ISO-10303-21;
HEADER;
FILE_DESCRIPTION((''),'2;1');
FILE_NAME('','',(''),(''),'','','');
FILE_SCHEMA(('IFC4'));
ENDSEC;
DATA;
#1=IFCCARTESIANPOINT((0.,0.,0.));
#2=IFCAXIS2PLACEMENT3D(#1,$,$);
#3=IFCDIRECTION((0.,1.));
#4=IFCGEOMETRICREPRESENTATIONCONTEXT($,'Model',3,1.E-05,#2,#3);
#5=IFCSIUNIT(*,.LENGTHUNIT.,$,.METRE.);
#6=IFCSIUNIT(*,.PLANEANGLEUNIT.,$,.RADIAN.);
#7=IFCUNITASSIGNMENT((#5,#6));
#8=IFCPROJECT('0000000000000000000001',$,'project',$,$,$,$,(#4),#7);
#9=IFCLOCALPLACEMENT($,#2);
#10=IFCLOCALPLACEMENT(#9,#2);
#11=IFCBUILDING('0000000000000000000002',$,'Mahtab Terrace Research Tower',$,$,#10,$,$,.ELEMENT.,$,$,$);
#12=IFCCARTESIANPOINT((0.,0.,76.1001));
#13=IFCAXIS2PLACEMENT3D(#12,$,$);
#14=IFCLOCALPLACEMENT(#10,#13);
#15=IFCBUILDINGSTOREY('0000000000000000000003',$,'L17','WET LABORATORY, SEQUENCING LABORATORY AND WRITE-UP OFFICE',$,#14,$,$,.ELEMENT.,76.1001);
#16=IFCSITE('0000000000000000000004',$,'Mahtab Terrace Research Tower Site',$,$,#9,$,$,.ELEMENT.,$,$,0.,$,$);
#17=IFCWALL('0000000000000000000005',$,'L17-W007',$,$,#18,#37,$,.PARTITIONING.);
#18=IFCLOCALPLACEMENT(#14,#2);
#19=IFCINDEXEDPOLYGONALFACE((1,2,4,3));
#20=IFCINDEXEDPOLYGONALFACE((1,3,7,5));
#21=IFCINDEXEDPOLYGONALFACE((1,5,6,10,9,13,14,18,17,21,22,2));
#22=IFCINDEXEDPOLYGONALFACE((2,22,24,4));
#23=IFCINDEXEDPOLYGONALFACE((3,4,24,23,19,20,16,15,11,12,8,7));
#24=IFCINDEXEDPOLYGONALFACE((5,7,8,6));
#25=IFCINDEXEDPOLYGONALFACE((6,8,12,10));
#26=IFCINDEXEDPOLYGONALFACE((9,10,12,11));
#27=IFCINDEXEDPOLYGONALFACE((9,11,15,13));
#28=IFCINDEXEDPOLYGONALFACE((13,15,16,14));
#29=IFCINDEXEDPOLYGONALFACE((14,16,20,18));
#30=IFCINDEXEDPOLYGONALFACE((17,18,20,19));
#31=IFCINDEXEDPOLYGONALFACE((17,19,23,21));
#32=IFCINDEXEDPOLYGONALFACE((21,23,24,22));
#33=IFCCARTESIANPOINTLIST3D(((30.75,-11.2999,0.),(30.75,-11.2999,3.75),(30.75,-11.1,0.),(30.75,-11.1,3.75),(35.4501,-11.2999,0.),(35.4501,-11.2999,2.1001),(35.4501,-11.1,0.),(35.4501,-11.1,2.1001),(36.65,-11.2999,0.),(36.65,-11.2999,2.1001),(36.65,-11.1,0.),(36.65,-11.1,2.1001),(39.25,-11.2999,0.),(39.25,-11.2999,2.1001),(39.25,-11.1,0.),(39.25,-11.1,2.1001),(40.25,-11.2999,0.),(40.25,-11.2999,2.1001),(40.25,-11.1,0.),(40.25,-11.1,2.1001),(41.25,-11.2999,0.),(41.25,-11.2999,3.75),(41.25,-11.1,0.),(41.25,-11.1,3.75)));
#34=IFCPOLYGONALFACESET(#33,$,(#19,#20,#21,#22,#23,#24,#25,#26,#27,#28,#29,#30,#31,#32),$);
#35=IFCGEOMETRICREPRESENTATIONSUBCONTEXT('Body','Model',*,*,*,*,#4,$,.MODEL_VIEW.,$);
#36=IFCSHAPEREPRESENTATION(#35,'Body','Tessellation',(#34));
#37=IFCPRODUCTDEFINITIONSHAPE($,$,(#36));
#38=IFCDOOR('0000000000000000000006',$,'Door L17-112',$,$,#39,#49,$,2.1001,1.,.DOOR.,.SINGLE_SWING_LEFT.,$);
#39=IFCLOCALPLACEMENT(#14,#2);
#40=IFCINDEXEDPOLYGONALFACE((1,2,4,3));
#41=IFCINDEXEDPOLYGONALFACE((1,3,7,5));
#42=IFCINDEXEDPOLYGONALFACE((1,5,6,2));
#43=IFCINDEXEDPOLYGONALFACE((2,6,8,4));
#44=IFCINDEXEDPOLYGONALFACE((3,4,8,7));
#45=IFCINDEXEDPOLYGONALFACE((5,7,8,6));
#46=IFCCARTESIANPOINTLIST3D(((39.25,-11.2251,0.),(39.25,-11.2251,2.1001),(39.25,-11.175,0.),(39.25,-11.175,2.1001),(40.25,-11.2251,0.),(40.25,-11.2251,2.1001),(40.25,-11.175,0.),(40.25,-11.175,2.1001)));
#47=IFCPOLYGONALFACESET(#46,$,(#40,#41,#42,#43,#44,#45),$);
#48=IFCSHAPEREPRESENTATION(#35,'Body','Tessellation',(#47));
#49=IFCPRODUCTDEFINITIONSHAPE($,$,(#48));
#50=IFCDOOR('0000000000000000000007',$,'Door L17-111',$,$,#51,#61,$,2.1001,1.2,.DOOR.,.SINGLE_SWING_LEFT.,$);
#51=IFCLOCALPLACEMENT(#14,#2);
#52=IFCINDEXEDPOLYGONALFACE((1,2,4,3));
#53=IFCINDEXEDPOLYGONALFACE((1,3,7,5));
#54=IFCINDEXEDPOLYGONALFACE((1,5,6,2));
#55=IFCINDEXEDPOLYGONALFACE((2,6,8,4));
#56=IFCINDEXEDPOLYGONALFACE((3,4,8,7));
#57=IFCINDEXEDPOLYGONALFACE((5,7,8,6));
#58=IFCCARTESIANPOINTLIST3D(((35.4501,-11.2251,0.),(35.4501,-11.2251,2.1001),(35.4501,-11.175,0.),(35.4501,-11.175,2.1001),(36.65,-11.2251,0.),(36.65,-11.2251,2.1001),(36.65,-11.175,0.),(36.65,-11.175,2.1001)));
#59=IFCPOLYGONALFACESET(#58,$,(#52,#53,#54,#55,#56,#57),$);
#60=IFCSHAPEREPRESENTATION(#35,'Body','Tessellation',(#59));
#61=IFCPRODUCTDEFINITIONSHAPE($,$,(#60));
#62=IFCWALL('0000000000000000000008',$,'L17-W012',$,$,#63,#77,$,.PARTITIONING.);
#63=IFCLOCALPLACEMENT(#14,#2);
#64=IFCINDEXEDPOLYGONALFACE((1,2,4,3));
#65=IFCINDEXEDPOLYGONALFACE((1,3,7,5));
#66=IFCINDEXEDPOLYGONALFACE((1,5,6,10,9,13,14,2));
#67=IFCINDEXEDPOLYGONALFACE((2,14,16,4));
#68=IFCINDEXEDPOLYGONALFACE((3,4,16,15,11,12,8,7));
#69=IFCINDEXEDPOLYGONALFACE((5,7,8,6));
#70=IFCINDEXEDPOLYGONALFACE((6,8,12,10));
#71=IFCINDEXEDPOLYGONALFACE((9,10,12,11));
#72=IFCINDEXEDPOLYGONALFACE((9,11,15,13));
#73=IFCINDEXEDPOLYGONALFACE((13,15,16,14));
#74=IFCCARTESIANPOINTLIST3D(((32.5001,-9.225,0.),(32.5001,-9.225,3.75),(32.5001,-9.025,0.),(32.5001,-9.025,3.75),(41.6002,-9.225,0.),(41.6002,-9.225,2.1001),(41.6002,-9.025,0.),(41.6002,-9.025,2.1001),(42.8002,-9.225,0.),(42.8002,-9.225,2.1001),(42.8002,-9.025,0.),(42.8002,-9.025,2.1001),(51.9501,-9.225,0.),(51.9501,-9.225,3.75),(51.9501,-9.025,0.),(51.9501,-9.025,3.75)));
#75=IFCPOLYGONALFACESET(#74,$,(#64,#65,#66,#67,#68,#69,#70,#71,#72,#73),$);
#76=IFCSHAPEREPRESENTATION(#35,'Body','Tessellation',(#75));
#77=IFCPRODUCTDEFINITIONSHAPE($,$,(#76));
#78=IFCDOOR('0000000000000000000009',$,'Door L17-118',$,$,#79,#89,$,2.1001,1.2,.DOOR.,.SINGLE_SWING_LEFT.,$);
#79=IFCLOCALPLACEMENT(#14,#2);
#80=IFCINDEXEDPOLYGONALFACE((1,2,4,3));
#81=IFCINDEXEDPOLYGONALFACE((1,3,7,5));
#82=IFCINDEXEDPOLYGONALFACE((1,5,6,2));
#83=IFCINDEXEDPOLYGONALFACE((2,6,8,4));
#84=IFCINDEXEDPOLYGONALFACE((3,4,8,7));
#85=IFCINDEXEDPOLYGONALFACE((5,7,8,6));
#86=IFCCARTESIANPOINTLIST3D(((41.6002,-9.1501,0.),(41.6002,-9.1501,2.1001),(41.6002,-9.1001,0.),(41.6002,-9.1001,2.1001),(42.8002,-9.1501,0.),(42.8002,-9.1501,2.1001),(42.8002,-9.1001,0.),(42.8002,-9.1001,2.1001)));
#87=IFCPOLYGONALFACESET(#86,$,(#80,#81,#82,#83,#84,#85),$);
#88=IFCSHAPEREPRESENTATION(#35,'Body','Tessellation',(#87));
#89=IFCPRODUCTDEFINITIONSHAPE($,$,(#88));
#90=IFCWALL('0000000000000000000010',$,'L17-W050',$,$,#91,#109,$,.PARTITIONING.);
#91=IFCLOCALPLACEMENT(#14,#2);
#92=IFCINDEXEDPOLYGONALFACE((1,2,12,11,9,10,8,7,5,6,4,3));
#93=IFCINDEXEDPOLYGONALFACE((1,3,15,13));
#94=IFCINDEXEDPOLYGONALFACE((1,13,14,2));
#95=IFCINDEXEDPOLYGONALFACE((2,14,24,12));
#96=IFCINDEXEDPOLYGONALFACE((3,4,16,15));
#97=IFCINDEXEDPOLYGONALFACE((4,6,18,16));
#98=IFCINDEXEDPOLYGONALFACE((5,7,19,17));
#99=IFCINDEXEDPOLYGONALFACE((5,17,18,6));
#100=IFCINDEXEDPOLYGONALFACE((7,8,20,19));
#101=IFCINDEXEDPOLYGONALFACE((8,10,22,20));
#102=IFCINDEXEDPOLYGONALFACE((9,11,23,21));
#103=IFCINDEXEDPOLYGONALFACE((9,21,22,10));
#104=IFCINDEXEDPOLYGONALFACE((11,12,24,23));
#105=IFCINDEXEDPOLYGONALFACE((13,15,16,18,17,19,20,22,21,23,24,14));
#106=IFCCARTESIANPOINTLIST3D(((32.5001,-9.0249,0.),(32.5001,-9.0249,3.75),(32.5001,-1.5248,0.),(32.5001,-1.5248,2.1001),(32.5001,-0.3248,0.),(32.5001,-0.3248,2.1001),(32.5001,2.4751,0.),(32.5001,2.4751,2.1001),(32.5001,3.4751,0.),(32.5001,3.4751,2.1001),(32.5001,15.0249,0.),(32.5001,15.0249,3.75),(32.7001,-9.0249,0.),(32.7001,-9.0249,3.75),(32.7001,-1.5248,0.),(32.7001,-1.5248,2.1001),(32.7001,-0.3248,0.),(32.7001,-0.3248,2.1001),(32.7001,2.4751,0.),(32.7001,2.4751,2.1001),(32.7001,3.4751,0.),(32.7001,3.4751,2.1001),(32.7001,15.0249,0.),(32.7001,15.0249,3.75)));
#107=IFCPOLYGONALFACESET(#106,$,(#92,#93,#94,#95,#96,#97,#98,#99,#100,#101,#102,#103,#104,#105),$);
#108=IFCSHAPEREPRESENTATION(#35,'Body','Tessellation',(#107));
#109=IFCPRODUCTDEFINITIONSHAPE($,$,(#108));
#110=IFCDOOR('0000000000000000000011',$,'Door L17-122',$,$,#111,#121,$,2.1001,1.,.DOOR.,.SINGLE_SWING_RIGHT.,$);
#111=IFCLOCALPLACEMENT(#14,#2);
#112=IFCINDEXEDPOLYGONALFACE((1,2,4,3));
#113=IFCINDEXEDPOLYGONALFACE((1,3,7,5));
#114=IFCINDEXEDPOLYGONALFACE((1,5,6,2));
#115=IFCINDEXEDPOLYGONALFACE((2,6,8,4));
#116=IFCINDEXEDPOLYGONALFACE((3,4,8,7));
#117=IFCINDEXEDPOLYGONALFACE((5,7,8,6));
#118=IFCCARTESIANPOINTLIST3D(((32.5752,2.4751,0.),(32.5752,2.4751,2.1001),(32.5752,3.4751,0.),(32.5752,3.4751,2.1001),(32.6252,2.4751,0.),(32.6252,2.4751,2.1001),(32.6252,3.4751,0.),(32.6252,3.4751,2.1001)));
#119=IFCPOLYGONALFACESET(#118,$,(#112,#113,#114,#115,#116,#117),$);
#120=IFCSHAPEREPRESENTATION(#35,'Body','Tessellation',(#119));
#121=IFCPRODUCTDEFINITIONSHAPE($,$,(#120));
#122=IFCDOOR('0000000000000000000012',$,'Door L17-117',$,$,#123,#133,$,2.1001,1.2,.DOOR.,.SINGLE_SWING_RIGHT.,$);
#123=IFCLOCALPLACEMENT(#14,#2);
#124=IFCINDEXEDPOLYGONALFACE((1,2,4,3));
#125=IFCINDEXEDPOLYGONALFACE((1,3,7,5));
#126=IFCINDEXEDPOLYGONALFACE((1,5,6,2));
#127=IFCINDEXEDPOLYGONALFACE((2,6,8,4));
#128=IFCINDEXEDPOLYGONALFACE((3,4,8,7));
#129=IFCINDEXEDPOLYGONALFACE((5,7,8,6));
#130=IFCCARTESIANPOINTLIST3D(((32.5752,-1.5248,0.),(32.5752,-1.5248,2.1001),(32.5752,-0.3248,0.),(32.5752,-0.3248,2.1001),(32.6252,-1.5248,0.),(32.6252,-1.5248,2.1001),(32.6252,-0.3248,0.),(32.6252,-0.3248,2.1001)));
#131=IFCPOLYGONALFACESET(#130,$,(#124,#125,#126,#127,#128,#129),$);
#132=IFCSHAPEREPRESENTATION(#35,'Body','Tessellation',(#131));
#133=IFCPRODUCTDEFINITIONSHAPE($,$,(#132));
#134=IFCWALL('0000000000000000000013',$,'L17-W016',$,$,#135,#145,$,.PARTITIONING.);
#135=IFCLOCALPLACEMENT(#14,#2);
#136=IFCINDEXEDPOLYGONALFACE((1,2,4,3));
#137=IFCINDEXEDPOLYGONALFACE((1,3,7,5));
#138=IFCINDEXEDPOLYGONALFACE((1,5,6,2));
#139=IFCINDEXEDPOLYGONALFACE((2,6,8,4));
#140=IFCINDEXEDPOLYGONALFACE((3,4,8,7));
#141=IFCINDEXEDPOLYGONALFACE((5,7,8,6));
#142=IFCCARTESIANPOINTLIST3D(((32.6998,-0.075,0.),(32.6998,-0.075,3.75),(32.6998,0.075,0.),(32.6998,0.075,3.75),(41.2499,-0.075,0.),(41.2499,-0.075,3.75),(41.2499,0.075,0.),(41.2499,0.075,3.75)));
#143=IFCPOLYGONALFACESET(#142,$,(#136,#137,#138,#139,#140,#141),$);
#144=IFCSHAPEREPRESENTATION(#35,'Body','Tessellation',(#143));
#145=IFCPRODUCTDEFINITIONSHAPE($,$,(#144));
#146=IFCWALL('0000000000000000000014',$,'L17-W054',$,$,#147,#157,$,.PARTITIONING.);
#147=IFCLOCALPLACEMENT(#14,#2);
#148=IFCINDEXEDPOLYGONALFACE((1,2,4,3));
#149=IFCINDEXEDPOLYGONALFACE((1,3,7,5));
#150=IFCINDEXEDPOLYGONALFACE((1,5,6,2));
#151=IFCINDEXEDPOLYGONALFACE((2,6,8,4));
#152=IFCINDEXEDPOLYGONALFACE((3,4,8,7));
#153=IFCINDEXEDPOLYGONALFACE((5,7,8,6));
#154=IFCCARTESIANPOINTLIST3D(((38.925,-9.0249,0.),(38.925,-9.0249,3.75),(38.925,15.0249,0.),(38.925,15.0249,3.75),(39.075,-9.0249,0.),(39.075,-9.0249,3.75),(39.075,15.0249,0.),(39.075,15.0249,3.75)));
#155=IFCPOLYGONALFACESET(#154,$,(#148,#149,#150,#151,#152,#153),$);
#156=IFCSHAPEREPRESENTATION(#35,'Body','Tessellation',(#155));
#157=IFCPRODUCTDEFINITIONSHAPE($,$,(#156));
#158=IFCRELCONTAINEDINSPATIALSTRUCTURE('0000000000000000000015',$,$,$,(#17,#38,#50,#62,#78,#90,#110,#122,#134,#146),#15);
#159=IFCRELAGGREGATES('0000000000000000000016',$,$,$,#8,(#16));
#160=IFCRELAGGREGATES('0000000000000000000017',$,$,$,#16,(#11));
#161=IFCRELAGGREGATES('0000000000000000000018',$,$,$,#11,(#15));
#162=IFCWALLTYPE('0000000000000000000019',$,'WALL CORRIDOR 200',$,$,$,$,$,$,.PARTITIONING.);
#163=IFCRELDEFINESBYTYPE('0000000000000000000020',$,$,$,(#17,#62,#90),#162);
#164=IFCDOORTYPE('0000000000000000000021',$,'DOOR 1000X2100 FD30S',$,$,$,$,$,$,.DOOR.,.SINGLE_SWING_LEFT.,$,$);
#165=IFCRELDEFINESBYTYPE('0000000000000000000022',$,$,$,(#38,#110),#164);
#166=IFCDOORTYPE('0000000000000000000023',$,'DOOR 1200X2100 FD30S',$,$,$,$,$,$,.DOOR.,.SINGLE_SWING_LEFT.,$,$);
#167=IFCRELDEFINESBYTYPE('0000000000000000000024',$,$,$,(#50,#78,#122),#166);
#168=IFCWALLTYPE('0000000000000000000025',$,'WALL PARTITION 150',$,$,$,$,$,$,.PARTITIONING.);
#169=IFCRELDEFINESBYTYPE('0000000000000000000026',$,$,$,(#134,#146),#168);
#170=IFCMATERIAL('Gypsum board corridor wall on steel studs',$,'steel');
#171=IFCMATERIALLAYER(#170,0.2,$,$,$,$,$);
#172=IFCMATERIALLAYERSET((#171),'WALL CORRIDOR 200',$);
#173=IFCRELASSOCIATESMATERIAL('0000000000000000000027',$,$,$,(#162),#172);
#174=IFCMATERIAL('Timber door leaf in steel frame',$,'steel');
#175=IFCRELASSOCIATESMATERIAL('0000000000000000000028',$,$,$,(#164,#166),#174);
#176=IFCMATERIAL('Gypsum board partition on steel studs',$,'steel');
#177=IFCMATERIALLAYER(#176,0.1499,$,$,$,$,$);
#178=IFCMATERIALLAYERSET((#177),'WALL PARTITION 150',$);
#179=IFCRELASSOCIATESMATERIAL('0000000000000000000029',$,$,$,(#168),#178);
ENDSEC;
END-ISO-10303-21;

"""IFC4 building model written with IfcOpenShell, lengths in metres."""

from ifc_helpers import new_model, si_unit, direction, frame, frame_2d, origin, place, context, subcontext, project, spatial, rectangle, extrude, material, layer, layer_set, type_object, element, fill, save


model = new_model("IFC4")

# Units and contexts
model_context = context("Model", 3, precision=1e-05, world=origin(), true_north=direction((0.0, 1.0)))
body_context = subcontext(model_context, "Body", "Model", "MODEL_VIEW")
ifc_project = project(units=[si_unit("LENGTHUNIT", "METRE"), si_unit("PLANEANGLEUNIT", "RADIAN")], contexts=[model_context])

# Site, building, storey
site_placement = place(None, origin())
site = spatial("IfcSite", under=ifc_project, at=site_placement, Name="Mahtab Terrace Research Tower Site", CompositionType="ELEMENT", RefElevation=0.0)
building_placement = place(site_placement, origin())
building = spatial("IfcBuilding", under=site, at=building_placement, Name="Mahtab Terrace Research Tower", CompositionType="ELEMENT")
storey_placement = place(building_placement, frame((0.0, 0.0, 76.1001)))
storey = spatial("IfcBuildingStorey", under=building, at=storey_placement, Name="L17", Description="WET LABORATORY, SEQUENCING LABORATORY AND WRITE-UP OFFICE", CompositionType="ELEMENT", Elevation=76.1001)

# Wall, openings, doors
ifc_material_1 = material(Name="Gypsum board corridor wall on steel studs", Category="steel")
ifc_layer_1 = layer(ifc_material_1, 0.2)
ifc_layer_set_1 = layer_set([ifc_layer_1], Name="WALL CORRIDOR 200")
wall_type_1 = type_object("IfcWallType", Name="WALL CORRIDOR 200", PredefinedType="PARTITIONING", material=ifc_layer_set_1)
wall_1_placement = place(storey_placement, frame((30.75, -11.2, 0.0), z_axis=(0.0, 0.0, 1.0), x_axis=(1.0, 0.0, 0.0)))
wall_1 = element("IfcWall", 1, at=wall_1_placement, inside=storey, type_object=wall_type_1, Name="L17-W007", PredefinedType="PARTITIONING", context=body_context, shape_type="SweptSolid", body=[
    extrude(rectangle(XDim=10.5, YDim=0.2, at=frame_2d((5.25, 0.0))), origin(), (0.0, 0.0, 1.0), 3.75),
])
opening_1_placement = place(wall_1_placement, frame((4.7, 0.0, 0.0)))
opening_1 = element("IfcOpeningElement", 2, at=opening_1_placement, cuts=wall_1, PredefinedType="OPENING", context=body_context, shape_type="SweptSolid", body=[
    extrude(rectangle(XDim=1.2, YDim=2.1001, at=frame_2d((0.6001, 1.05))), frame((0.0, 0.1099, 0.0), z_axis=(0.0, -1.0, 0.0), x_axis=(1.0, 0.0, 0.0)), (0.0, 0.0, 1.0), 0.22),
])
opening_2_placement = place(wall_1_placement, frame((8.5, 0.0, 0.0)))
opening_2 = element("IfcOpeningElement", 3, at=opening_2_placement, cuts=wall_1, PredefinedType="OPENING", context=body_context, shape_type="SweptSolid", body=[
    extrude(rectangle(XDim=1.0, YDim=2.1001, at=frame_2d((0.5, 1.05))), frame((0.0, 0.1099, 0.0), z_axis=(0.0, -1.0, 0.0), x_axis=(1.0, 0.0, 0.0)), (0.0, 0.0, 1.0), 0.22),
])
ifc_material_2 = material(Name="Timber door leaf in steel frame", Category="steel")
door_type_1 = type_object("IfcDoorType", Name="DOOR 1000X2100 FD30S", OperationType="SINGLE_SWING_LEFT", PredefinedType="DOOR", material=ifc_material_2)
door_1_placement = place(opening_2_placement, origin())
door_1 = element("IfcDoor", 4, at=door_1_placement, inside=storey, type_object=door_type_1, Name="Door L17-112", OperationType="SINGLE_SWING_LEFT", OverallHeight=2.1001, OverallWidth=1.0, PredefinedType="DOOR", context=body_context, shape_type="SweptSolid", body=[
    extrude(rectangle(XDim=1.0, YDim=2.1001, at=frame_2d((0.5, 1.05))), frame((0.0, 0.0249, 0.0), z_axis=(0.0, -1.0, 0.0), x_axis=(1.0, 0.0, 0.0)), (0.0, 0.0, 1.0), 0.05),
])
fill(opening_2, door_1)
door_type_2 = type_object("IfcDoorType", Name="DOOR 1200X2100 FD30S", OperationType="SINGLE_SWING_LEFT", PredefinedType="DOOR", material=ifc_material_2)
door_2_placement = place(opening_1_placement, origin())
door_2 = element("IfcDoor", 5, at=door_2_placement, inside=storey, type_object=door_type_2, Name="Door L17-111", OperationType="SINGLE_SWING_LEFT", OverallHeight=2.1001, OverallWidth=1.2, PredefinedType="DOOR", context=body_context, shape_type="SweptSolid", body=[
    extrude(rectangle(XDim=1.2, YDim=2.1001, at=frame_2d((0.6001, 1.05))), frame((0.0, 0.0249, 0.0), z_axis=(0.0, -1.0, 0.0), x_axis=(1.0, 0.0, 0.0)), (0.0, 0.0, 1.0), 0.05),
])
fill(opening_1, door_2)

# Wall, opening, door
wall_2_placement = place(storey_placement, frame((32.5, -9.125, 0.0), z_axis=(0.0, 0.0, 1.0), x_axis=(1.0, 0.0, 0.0)))
wall_2 = element("IfcWall", 6, at=wall_2_placement, inside=storey, type_object=wall_type_1, Name="L17-W012", PredefinedType="PARTITIONING", context=body_context, shape_type="SweptSolid", body=[
    extrude(rectangle(XDim=19.45, YDim=0.2, at=frame_2d((9.7251, 0.0))), origin(), (0.0, 0.0, 1.0), 3.75),
])
opening_3_placement = place(wall_2_placement, frame((9.1001, 0.0, 0.0)))
opening_3 = element("IfcOpeningElement", 7, at=opening_3_placement, cuts=wall_2, PredefinedType="OPENING", context=body_context, shape_type="SweptSolid", body=[
    extrude(rectangle(XDim=1.2, YDim=2.1001, at=frame_2d((0.6001, 1.05))), frame((0.0, 0.1099, 0.0), z_axis=(0.0, -1.0, 0.0), x_axis=(1.0, 0.0, 0.0)), (0.0, 0.0, 1.0), 0.22),
])
door_3_placement = place(opening_3_placement, origin())
door_3 = element("IfcDoor", 8, at=door_3_placement, inside=storey, type_object=door_type_2, Name="Door L17-118", OperationType="SINGLE_SWING_LEFT", OverallHeight=2.1001, OverallWidth=1.2, PredefinedType="DOOR", context=body_context, shape_type="SweptSolid", body=[
    extrude(rectangle(XDim=1.2, YDim=2.1001, at=frame_2d((0.6001, 1.05))), frame((0.0, 0.0249, 0.0), z_axis=(0.0, -1.0, 0.0), x_axis=(1.0, 0.0, 0.0)), (0.0, 0.0, 1.0), 0.05),
])
fill(opening_3, door_3)

# Wall, openings, doors
wall_3_placement = place(storey_placement, frame((32.6001, -9.0249, 0.0), z_axis=(0.0, 0.0, 1.0), x_axis=(0.0, 1.0, 0.0)))
wall_3 = element("IfcWall", 9, at=wall_3_placement, inside=storey, type_object=wall_type_1, Name="L17-W050", PredefinedType="PARTITIONING", context=body_context, shape_type="SweptSolid", body=[
    extrude(rectangle(XDim=24.0498, YDim=0.2, at=frame_2d((12.0249, 0.0))), origin(), (0.0, 0.0, 1.0), 3.75),
])
opening_4_placement = place(wall_3_placement, frame((7.5, 0.0, 0.0)))
opening_4 = element("IfcOpeningElement", 10, at=opening_4_placement, cuts=wall_3, PredefinedType="OPENING", context=body_context, shape_type="SweptSolid", body=[
    extrude(rectangle(XDim=1.2, YDim=2.1001, at=frame_2d((0.6001, 1.05))), frame((0.0, 0.1099, 0.0), z_axis=(0.0, -1.0, 0.0), x_axis=(1.0, 0.0, 0.0)), (0.0, 0.0, 1.0), 0.22),
])
opening_5_placement = place(wall_3_placement, frame((11.5, 0.0, 0.0)))
opening_5 = element("IfcOpeningElement", 11, at=opening_5_placement, cuts=wall_3, PredefinedType="OPENING", context=body_context, shape_type="SweptSolid", body=[
    extrude(rectangle(XDim=1.0, YDim=2.1001, at=frame_2d((0.5, 1.05))), frame((0.0, 0.1099, 0.0), z_axis=(0.0, -1.0, 0.0), x_axis=(1.0, 0.0, 0.0)), (0.0, 0.0, 1.0), 0.22),
])
door_4_placement = place(opening_5_placement, origin())
door_4 = element("IfcDoor", 12, at=door_4_placement, inside=storey, type_object=door_type_1, Name="Door L17-122", OperationType="SINGLE_SWING_RIGHT", OverallHeight=2.1001, OverallWidth=1.0, PredefinedType="DOOR", context=body_context, shape_type="SweptSolid", body=[
    extrude(rectangle(XDim=1.0, YDim=2.1001, at=frame_2d((0.5, 1.05))), frame((0.0, 0.0249, 0.0), z_axis=(0.0, -1.0, 0.0), x_axis=(1.0, 0.0, 0.0)), (0.0, 0.0, 1.0), 0.05),
])
fill(opening_5, door_4)
door_5_placement = place(opening_4_placement, origin())
door_5 = element("IfcDoor", 13, at=door_5_placement, inside=storey, type_object=door_type_2, Name="Door L17-117", OperationType="SINGLE_SWING_RIGHT", OverallHeight=2.1001, OverallWidth=1.2, PredefinedType="DOOR", context=body_context, shape_type="SweptSolid", body=[
    extrude(rectangle(XDim=1.2, YDim=2.1001, at=frame_2d((0.6001, 1.05))), frame((0.0, 0.0249, 0.0), z_axis=(0.0, -1.0, 0.0), x_axis=(1.0, 0.0, 0.0)), (0.0, 0.0, 1.0), 0.05),
])
fill(opening_4, door_5)

# Walls
ifc_material_3 = material(Name="Gypsum board partition on steel studs", Category="steel")
ifc_layer_2 = layer(ifc_material_3, 0.1499)
ifc_layer_set_2 = layer_set([ifc_layer_2], Name="WALL PARTITION 150")
wall_type_2 = type_object("IfcWallType", Name="WALL PARTITION 150", PredefinedType="PARTITIONING", material=ifc_layer_set_2)
wall_4_placement = place(storey_placement, frame((32.7, 0.0, 0.0), z_axis=(0.0, 0.0, 1.0), x_axis=(1.0, 0.0, 0.0)))
element("IfcWall", 14, at=wall_4_placement, inside=storey, type_object=wall_type_2, Name="L17-W016", PredefinedType="PARTITIONING", context=body_context, shape_type="SweptSolid", body=[
    extrude(rectangle(XDim=8.55, YDim=0.1499, at=frame_2d((4.2749, 0.0))), origin(), (0.0, 0.0, 1.0), 3.75),
])
wall_5_placement = place(storey_placement, frame((39.0, -9.0249, 0.0), z_axis=(0.0, 0.0, 1.0), x_axis=(0.0, 1.0, 0.0)))
element("IfcWall", 15, at=wall_5_placement, inside=storey, type_object=wall_type_2, Name="L17-W054", PredefinedType="PARTITIONING", context=body_context, shape_type="SweptSolid", body=[
    extrude(rectangle(XDim=24.0498, YDim=0.1499, at=frame_2d((12.0249, 0.0))), origin(), (0.0, 0.0, 1.0), 3.75),
])

save(model, "model.ifc")
